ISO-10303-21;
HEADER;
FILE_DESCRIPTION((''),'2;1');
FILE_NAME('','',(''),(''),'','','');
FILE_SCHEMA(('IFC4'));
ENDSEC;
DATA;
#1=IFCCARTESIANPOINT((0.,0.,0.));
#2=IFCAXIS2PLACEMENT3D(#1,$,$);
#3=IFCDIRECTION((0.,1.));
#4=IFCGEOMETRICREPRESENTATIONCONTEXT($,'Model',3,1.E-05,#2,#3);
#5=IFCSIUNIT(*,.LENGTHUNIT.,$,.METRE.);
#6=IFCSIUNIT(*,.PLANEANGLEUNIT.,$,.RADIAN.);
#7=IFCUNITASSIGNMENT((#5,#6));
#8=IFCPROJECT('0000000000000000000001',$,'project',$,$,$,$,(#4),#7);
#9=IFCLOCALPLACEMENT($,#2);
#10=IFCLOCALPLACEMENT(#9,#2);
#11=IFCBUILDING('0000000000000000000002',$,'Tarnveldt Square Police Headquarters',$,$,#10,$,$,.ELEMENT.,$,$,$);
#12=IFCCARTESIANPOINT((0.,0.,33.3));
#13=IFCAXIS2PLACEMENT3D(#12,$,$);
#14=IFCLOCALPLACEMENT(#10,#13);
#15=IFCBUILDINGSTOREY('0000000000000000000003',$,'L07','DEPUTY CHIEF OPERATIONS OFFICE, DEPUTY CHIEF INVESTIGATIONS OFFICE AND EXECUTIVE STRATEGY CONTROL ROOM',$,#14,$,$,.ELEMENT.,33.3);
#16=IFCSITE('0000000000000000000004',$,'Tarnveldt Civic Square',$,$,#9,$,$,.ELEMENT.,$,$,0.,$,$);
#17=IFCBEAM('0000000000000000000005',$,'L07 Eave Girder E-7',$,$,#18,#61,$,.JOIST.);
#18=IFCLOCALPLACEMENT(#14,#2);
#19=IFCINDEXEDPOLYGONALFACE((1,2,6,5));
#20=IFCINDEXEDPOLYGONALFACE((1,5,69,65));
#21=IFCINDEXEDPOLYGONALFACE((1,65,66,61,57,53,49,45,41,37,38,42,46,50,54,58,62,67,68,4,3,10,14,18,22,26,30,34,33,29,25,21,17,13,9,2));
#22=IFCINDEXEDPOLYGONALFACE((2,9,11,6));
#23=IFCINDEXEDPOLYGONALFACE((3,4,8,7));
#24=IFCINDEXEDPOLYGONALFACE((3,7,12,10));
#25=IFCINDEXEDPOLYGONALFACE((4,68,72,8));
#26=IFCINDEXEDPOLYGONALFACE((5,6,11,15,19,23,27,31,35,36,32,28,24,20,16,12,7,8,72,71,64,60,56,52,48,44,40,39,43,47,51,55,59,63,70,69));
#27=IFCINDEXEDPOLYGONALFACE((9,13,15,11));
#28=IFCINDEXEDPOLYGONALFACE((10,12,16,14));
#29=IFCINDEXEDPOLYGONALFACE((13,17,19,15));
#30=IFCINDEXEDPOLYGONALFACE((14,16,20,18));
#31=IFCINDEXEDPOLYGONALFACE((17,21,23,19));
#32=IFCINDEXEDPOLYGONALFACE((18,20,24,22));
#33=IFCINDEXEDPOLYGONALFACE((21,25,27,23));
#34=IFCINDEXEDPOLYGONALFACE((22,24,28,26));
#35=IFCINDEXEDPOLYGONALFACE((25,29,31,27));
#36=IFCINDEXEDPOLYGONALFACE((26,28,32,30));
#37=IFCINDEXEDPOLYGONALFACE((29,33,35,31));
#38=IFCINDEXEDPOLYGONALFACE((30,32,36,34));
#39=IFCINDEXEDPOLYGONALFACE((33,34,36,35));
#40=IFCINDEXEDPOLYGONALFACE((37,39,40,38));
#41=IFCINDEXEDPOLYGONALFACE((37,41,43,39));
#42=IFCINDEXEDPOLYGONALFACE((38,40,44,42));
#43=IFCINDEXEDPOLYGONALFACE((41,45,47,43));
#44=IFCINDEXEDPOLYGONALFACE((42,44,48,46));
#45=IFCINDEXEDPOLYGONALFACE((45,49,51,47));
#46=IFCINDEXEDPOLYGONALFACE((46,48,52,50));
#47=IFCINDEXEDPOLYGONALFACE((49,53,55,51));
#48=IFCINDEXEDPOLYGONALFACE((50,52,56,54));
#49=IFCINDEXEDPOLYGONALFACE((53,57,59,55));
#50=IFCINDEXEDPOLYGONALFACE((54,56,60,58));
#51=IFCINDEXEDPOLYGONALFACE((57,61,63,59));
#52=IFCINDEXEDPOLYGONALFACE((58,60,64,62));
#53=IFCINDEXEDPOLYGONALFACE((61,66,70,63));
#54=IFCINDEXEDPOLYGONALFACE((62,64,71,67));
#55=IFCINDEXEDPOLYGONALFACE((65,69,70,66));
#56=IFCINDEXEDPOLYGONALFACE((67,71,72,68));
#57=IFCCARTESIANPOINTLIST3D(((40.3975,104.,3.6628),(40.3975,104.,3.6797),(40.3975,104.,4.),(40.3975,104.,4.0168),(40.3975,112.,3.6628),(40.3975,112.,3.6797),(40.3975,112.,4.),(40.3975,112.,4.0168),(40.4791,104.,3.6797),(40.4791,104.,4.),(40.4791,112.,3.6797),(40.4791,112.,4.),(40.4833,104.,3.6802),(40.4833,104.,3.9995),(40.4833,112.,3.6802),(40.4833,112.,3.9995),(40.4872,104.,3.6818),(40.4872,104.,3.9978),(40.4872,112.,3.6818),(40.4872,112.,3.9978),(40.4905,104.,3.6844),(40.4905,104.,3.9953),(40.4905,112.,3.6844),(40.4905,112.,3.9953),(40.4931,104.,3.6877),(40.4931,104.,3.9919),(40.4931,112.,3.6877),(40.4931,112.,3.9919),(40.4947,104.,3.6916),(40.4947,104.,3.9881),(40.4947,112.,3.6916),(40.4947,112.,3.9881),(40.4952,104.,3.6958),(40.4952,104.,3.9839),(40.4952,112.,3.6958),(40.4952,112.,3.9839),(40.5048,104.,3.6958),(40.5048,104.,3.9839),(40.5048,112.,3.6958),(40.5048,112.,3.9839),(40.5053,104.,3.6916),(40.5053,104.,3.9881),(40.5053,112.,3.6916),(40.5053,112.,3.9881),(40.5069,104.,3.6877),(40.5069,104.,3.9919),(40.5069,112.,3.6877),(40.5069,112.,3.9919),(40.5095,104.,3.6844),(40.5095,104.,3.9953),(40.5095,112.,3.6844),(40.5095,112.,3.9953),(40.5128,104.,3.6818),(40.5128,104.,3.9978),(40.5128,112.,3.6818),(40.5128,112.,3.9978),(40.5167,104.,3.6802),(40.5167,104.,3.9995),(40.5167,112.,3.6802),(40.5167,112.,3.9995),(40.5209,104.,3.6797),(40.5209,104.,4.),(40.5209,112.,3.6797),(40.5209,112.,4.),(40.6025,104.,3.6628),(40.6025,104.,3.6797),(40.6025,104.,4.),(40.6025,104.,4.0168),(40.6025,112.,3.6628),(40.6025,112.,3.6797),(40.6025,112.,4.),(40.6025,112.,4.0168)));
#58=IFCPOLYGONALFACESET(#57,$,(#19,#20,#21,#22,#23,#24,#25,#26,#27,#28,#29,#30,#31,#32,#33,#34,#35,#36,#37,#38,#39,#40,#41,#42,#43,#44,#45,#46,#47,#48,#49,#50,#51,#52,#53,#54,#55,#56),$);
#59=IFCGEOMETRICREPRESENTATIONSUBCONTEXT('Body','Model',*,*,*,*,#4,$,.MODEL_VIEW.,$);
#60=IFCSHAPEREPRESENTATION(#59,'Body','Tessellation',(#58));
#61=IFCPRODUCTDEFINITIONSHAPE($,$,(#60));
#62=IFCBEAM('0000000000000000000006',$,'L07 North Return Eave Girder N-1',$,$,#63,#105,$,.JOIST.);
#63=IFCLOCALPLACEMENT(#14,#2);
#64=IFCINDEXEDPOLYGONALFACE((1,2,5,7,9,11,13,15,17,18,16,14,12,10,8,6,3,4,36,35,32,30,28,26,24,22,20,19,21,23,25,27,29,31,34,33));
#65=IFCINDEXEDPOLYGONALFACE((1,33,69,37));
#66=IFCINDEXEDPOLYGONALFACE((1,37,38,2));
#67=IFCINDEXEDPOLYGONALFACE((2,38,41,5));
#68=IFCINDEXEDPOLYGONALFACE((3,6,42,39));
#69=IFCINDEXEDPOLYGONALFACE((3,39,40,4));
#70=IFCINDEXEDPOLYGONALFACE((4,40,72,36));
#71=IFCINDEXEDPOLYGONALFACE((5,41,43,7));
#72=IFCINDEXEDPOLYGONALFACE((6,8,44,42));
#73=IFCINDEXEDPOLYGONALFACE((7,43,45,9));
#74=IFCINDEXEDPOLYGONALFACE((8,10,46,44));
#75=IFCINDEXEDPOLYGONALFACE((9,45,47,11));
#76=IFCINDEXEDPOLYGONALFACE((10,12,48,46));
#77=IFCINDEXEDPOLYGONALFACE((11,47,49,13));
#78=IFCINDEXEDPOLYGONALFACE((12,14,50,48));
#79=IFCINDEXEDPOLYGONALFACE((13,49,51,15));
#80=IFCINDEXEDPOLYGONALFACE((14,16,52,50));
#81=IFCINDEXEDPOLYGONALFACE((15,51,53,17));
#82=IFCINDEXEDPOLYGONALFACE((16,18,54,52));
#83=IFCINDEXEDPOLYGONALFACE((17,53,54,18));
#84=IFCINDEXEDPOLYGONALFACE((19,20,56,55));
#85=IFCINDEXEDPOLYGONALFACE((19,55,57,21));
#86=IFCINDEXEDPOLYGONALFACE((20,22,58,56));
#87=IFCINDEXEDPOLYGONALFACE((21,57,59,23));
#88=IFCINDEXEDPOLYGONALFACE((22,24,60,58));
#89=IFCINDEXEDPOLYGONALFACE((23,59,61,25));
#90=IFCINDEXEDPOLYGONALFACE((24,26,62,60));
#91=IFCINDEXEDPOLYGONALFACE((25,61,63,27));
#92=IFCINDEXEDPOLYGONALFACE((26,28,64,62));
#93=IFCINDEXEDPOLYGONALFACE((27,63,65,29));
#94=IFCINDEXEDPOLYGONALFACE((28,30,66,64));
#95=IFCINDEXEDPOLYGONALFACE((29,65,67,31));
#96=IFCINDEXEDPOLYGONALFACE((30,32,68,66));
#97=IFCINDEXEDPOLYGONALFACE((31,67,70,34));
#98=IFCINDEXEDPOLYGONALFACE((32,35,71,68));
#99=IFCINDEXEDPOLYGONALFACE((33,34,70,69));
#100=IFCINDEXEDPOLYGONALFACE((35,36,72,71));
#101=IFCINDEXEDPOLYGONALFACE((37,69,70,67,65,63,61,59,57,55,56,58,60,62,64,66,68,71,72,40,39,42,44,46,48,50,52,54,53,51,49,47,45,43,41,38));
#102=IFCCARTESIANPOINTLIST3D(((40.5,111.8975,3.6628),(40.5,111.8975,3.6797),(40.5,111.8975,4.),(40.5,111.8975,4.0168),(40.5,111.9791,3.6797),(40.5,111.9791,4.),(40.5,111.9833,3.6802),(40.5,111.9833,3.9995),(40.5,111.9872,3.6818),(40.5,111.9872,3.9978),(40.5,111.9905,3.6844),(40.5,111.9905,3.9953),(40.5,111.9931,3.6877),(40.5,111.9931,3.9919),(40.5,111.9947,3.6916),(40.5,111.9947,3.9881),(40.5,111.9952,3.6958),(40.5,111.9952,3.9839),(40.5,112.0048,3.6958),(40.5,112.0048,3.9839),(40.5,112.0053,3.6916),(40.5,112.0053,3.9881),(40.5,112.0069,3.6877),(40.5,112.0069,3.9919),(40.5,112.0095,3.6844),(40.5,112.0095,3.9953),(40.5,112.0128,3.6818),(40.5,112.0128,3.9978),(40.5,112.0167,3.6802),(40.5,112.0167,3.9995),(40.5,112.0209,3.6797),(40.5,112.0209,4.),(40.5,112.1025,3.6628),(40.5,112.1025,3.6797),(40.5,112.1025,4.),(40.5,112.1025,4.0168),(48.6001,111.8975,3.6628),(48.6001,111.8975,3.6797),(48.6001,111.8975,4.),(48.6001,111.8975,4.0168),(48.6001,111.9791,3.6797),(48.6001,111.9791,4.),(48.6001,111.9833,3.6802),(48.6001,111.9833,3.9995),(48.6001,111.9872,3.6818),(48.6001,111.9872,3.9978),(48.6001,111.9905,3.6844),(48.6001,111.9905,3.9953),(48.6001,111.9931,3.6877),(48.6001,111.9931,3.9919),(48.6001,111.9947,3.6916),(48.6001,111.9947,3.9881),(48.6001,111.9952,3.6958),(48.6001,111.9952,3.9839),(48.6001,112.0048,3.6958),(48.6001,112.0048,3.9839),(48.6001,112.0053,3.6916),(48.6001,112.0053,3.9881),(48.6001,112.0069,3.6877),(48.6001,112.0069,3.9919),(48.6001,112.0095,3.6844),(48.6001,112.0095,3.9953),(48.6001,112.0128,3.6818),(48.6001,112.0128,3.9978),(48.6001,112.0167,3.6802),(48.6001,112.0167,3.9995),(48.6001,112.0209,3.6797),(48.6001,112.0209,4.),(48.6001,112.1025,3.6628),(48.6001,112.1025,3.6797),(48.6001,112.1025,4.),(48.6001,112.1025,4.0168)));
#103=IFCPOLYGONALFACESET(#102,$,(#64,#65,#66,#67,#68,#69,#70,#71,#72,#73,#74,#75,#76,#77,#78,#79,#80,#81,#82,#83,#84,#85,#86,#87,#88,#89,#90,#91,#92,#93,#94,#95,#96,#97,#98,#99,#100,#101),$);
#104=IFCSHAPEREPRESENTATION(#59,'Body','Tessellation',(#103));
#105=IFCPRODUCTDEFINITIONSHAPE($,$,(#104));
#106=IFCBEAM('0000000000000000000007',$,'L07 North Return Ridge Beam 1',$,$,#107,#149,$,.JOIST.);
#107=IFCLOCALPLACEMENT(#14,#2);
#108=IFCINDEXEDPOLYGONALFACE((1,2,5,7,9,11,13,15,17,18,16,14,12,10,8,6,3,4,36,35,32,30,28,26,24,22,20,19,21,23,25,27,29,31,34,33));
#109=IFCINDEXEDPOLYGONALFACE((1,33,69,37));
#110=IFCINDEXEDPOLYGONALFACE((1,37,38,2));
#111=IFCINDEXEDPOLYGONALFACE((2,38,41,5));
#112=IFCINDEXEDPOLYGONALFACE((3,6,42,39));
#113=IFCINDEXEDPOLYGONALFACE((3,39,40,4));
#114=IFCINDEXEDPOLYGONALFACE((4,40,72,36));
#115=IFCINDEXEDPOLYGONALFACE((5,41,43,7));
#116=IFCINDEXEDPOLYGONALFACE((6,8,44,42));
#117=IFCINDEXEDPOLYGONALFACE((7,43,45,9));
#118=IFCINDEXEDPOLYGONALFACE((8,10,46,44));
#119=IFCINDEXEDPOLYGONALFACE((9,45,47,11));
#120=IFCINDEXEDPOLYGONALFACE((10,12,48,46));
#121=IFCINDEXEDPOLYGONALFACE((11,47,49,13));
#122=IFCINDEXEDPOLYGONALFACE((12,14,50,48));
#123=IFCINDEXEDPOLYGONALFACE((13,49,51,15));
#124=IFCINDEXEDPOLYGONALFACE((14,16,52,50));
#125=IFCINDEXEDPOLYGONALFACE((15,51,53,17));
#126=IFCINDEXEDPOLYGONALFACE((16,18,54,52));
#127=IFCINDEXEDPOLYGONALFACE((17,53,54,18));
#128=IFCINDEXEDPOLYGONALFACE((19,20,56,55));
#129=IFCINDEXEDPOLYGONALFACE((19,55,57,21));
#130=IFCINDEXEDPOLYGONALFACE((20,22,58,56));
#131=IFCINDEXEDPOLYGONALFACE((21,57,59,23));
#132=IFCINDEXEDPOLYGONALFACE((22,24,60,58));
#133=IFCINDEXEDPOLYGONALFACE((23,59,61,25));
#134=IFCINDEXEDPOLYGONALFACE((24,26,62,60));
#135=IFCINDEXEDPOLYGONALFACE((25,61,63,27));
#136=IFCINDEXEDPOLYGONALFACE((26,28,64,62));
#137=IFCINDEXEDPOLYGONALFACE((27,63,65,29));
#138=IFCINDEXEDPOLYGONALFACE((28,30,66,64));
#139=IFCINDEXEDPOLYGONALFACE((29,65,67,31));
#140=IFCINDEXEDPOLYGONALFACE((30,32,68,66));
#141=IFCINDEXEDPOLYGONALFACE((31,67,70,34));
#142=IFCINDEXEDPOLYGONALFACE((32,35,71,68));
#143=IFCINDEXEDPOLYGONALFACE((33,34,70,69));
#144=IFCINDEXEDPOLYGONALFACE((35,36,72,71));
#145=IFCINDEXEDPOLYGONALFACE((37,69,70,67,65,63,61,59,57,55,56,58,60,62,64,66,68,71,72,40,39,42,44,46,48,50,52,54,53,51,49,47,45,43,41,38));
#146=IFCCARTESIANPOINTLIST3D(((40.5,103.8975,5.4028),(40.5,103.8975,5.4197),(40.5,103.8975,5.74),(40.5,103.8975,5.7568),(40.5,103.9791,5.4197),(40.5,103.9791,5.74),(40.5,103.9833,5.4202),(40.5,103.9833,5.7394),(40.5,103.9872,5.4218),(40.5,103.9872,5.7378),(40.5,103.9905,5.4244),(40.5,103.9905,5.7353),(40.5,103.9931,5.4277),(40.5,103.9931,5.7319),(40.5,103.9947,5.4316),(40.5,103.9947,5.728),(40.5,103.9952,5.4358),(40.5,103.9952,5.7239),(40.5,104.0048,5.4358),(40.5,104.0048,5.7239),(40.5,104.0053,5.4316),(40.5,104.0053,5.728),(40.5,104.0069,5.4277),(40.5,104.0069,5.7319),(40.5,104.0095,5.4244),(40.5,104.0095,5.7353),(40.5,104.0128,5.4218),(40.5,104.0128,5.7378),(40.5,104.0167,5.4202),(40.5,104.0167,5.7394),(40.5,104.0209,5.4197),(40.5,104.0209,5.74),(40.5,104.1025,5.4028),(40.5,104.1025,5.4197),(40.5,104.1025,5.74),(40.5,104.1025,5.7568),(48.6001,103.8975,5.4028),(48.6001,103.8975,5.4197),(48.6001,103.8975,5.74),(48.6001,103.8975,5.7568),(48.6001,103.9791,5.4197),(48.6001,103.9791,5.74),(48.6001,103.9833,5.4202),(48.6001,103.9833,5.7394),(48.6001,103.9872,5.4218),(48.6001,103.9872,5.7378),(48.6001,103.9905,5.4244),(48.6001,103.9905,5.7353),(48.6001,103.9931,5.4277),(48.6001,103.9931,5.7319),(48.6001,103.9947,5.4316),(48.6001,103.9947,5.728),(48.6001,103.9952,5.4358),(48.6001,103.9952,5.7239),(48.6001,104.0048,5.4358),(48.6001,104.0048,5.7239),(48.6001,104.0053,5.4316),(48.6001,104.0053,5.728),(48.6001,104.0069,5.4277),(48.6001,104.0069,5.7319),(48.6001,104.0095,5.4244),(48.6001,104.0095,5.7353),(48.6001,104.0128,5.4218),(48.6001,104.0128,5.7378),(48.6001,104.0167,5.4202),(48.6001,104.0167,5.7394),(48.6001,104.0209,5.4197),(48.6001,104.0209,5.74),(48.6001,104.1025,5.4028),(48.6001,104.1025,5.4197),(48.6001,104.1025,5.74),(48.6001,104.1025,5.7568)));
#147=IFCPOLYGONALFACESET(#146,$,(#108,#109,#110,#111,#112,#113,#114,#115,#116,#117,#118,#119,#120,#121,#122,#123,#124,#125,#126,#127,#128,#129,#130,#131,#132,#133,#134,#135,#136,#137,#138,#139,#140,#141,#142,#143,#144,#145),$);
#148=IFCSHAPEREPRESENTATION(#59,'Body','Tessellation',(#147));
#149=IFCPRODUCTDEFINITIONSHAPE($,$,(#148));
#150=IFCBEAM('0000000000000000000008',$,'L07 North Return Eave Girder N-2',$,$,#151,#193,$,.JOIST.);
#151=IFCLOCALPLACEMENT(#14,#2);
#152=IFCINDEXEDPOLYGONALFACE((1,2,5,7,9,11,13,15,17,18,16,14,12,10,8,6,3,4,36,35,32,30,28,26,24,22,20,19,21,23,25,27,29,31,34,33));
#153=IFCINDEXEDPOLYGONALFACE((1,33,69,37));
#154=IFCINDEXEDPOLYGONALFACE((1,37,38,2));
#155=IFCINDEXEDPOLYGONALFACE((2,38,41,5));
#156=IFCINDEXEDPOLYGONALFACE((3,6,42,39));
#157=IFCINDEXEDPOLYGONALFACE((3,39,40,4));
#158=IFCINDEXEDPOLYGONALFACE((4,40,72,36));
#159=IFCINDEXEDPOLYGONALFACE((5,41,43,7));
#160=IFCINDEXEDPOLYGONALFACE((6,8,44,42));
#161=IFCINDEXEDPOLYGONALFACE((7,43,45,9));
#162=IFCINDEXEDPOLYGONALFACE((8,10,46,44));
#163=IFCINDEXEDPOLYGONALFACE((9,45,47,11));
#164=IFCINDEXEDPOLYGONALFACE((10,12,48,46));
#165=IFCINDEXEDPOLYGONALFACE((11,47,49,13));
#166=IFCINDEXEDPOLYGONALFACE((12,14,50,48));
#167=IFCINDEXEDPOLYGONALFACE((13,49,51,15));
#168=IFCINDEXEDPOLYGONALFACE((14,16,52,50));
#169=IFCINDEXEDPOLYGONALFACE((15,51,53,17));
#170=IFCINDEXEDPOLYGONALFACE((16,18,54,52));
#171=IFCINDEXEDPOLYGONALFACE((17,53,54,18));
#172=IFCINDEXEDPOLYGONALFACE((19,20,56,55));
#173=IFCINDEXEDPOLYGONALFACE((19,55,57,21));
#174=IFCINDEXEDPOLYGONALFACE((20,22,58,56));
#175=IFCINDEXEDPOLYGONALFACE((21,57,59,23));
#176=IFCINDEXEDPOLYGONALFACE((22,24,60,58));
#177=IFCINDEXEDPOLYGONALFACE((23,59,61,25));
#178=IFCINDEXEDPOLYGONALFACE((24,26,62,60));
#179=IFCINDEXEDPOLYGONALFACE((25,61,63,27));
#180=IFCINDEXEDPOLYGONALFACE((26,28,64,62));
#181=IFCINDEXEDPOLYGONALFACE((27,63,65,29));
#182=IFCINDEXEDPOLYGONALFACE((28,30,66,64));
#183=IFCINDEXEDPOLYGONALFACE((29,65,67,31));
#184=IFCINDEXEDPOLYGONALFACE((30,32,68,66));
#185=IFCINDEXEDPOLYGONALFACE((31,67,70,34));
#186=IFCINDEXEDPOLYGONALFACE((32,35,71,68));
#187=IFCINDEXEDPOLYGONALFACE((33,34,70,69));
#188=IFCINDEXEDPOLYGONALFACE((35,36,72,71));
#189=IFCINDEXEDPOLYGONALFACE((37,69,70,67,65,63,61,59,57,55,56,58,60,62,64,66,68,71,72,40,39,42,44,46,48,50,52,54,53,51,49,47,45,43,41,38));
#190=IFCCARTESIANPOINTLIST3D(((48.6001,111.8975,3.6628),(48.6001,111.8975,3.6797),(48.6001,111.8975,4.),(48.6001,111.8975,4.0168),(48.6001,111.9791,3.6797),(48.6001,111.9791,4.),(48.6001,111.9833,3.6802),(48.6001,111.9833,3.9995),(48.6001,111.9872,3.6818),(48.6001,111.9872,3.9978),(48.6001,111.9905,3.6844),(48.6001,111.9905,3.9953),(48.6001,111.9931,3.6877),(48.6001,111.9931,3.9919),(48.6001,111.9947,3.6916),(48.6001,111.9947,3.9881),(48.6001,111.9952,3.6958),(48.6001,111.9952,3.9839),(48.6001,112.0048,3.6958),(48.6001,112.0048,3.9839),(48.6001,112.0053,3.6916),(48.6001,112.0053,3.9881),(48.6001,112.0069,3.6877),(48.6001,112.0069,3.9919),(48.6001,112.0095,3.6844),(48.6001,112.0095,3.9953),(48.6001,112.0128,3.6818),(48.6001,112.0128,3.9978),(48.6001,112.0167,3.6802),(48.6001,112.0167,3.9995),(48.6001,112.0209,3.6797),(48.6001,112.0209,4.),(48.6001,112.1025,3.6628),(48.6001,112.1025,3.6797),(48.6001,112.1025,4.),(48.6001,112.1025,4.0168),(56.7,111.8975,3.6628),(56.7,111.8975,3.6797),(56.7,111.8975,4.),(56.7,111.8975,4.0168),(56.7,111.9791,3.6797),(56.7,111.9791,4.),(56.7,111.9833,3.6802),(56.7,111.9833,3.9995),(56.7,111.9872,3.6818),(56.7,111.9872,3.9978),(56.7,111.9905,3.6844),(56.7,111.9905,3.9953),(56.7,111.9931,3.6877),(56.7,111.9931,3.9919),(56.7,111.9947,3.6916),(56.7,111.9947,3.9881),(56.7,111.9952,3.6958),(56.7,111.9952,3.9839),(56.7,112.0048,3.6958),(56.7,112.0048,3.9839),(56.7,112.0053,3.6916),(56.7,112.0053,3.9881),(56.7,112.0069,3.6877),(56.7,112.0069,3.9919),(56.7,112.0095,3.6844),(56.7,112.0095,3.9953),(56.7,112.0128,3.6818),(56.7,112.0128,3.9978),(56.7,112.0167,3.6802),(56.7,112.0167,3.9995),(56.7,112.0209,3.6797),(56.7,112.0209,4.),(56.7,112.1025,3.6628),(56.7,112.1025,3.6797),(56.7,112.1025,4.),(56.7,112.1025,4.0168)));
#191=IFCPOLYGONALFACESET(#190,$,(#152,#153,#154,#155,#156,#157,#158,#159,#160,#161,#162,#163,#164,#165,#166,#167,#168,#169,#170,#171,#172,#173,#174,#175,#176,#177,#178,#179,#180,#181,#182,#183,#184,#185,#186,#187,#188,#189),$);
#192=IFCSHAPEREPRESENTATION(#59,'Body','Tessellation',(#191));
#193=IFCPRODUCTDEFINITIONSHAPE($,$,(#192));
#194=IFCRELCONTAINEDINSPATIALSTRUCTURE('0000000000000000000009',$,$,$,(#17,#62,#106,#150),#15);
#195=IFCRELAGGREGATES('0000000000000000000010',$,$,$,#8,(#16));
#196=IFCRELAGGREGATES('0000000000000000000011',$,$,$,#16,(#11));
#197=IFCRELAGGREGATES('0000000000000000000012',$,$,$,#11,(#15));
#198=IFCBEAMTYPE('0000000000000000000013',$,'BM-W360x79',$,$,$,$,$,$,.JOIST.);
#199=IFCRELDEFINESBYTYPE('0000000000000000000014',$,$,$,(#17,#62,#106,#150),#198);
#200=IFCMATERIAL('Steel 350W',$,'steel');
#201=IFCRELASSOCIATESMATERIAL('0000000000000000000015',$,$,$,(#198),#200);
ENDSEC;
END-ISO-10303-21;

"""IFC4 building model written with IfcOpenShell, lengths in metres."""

from ifc_helpers import new_model, si_unit, direction, frame, origin, origin_2d, place, context, subcontext, project, spatial, i_section, extrude, material, material_profile, profile_set, type_object, element, save


model = new_model("IFC4")

# Units and contexts
model_context = context("Model", 3, precision=1e-05, world=origin(), true_north=direction((0.0, 1.0)))
body_context = subcontext(model_context, "Body", "Model", "MODEL_VIEW")
ifc_project = project(units=[si_unit("LENGTHUNIT", "METRE"), si_unit("PLANEANGLEUNIT", "RADIAN")], contexts=[model_context])

# Site, building, storey
site_placement = place(None, origin())
site = spatial("IfcSite", under=ifc_project, at=site_placement, Name="Tarnveldt Civic Square", CompositionType="ELEMENT", RefElevation=0.0)
building_placement = place(site_placement, origin())
building = spatial("IfcBuilding", under=site, at=building_placement, Name="Tarnveldt Square Police Headquarters", CompositionType="ELEMENT")
storey_placement = place(building_placement, frame((0.0, 0.0, 33.3)))
storey = spatial("IfcBuildingStorey", under=building, at=storey_placement, Name="L07", Description="DEPUTY CHIEF OPERATIONS OFFICE, DEPUTY CHIEF INVESTIGATIONS OFFICE AND EXECUTIVE STRATEGY CONTROL ROOM", CompositionType="ELEMENT", Elevation=33.3)

# Shared definitions
ifc_material_1 = material(Name="Steel 350W", Category="steel")

# Beams
ifc_material_profile_1 = material_profile(ifc_material_1, i_section(OverallWidth=0.2051, OverallDepth=0.354, WebThickness=0.0095, FlangeThickness=0.0168, FilletRadius=0.0161, at=origin_2d()), Name="W360x79")
ifc_profile_set_1 = profile_set([ifc_material_profile_1], Name="Steel 350W")
beam_type_1 = type_object("IfcBeamType", Name="BM-W360x79", PredefinedType="JOIST", material=ifc_profile_set_1)
beam_1_placement = place(storey_placement, frame((40.5, 104.0, 3.8398), z_axis=(0.0, 1.0, 0.0), x_axis=(-1.0, 0.0, 0.0)))
element("IfcBeam", 1, at=beam_1_placement, inside=storey, type_object=beam_type_1, Name="L07 Eave Girder E-7", PredefinedType="JOIST", context=body_context, shape_type="SweptSolid", body=[
    extrude(i_section(OverallWidth=0.2051, OverallDepth=0.354, WebThickness=0.0095, FlangeThickness=0.0168, FilletRadius=0.0161, at=origin_2d()), origin(), (0.0, 0.0, 1.0), 8.0),
])
for number, where, z_axis, x_axis, name in (
    (2, (40.5, 112.0, 3.8398), (1.0, 0.0, 0.0), (0.0, 1.0, 0.0), "L07 North Return Eave Girder N-1"),
    (3, (40.5, 104.0, 5.5798), (1.0, 0.0, 0.0), (0.0, 1.0, 0.0), "L07 North Return Ridge Beam 1"),
):
    element("IfcBeam", number, at=place(storey_placement, frame(where, z_axis=z_axis, x_axis=x_axis)), inside=storey, type_object=beam_type_1, Name=name, PredefinedType="JOIST", context=body_context, shape_type="SweptSolid", body=[
        extrude(i_section(OverallWidth=0.2051, OverallDepth=0.354, WebThickness=0.0095, FlangeThickness=0.0168, FilletRadius=0.0161, at=origin_2d()), origin(), (0.0, 0.0, 1.0), 8.1001),
    ])
for number, where, z_axis, x_axis, name in (
    (4, (48.6001, 112.0, 3.8398), (1.0, 0.0, 0.0), (0.0, 1.0, 0.0), "L07 North Return Eave Girder N-2"),
):
    element("IfcBeam", number, at=place(storey_placement, frame(where, z_axis=z_axis, x_axis=x_axis)), inside=storey, type_object=beam_type_1, Name=name, PredefinedType="JOIST", context=body_context, shape_type="SweptSolid", body=[
        extrude(i_section(OverallWidth=0.2051, OverallDepth=0.354, WebThickness=0.0095, FlangeThickness=0.0168, FilletRadius=0.0161, at=origin_2d()), origin(), (0.0, 0.0, 1.0), 8.0999),
    ])

save(model, "model.ifc")
